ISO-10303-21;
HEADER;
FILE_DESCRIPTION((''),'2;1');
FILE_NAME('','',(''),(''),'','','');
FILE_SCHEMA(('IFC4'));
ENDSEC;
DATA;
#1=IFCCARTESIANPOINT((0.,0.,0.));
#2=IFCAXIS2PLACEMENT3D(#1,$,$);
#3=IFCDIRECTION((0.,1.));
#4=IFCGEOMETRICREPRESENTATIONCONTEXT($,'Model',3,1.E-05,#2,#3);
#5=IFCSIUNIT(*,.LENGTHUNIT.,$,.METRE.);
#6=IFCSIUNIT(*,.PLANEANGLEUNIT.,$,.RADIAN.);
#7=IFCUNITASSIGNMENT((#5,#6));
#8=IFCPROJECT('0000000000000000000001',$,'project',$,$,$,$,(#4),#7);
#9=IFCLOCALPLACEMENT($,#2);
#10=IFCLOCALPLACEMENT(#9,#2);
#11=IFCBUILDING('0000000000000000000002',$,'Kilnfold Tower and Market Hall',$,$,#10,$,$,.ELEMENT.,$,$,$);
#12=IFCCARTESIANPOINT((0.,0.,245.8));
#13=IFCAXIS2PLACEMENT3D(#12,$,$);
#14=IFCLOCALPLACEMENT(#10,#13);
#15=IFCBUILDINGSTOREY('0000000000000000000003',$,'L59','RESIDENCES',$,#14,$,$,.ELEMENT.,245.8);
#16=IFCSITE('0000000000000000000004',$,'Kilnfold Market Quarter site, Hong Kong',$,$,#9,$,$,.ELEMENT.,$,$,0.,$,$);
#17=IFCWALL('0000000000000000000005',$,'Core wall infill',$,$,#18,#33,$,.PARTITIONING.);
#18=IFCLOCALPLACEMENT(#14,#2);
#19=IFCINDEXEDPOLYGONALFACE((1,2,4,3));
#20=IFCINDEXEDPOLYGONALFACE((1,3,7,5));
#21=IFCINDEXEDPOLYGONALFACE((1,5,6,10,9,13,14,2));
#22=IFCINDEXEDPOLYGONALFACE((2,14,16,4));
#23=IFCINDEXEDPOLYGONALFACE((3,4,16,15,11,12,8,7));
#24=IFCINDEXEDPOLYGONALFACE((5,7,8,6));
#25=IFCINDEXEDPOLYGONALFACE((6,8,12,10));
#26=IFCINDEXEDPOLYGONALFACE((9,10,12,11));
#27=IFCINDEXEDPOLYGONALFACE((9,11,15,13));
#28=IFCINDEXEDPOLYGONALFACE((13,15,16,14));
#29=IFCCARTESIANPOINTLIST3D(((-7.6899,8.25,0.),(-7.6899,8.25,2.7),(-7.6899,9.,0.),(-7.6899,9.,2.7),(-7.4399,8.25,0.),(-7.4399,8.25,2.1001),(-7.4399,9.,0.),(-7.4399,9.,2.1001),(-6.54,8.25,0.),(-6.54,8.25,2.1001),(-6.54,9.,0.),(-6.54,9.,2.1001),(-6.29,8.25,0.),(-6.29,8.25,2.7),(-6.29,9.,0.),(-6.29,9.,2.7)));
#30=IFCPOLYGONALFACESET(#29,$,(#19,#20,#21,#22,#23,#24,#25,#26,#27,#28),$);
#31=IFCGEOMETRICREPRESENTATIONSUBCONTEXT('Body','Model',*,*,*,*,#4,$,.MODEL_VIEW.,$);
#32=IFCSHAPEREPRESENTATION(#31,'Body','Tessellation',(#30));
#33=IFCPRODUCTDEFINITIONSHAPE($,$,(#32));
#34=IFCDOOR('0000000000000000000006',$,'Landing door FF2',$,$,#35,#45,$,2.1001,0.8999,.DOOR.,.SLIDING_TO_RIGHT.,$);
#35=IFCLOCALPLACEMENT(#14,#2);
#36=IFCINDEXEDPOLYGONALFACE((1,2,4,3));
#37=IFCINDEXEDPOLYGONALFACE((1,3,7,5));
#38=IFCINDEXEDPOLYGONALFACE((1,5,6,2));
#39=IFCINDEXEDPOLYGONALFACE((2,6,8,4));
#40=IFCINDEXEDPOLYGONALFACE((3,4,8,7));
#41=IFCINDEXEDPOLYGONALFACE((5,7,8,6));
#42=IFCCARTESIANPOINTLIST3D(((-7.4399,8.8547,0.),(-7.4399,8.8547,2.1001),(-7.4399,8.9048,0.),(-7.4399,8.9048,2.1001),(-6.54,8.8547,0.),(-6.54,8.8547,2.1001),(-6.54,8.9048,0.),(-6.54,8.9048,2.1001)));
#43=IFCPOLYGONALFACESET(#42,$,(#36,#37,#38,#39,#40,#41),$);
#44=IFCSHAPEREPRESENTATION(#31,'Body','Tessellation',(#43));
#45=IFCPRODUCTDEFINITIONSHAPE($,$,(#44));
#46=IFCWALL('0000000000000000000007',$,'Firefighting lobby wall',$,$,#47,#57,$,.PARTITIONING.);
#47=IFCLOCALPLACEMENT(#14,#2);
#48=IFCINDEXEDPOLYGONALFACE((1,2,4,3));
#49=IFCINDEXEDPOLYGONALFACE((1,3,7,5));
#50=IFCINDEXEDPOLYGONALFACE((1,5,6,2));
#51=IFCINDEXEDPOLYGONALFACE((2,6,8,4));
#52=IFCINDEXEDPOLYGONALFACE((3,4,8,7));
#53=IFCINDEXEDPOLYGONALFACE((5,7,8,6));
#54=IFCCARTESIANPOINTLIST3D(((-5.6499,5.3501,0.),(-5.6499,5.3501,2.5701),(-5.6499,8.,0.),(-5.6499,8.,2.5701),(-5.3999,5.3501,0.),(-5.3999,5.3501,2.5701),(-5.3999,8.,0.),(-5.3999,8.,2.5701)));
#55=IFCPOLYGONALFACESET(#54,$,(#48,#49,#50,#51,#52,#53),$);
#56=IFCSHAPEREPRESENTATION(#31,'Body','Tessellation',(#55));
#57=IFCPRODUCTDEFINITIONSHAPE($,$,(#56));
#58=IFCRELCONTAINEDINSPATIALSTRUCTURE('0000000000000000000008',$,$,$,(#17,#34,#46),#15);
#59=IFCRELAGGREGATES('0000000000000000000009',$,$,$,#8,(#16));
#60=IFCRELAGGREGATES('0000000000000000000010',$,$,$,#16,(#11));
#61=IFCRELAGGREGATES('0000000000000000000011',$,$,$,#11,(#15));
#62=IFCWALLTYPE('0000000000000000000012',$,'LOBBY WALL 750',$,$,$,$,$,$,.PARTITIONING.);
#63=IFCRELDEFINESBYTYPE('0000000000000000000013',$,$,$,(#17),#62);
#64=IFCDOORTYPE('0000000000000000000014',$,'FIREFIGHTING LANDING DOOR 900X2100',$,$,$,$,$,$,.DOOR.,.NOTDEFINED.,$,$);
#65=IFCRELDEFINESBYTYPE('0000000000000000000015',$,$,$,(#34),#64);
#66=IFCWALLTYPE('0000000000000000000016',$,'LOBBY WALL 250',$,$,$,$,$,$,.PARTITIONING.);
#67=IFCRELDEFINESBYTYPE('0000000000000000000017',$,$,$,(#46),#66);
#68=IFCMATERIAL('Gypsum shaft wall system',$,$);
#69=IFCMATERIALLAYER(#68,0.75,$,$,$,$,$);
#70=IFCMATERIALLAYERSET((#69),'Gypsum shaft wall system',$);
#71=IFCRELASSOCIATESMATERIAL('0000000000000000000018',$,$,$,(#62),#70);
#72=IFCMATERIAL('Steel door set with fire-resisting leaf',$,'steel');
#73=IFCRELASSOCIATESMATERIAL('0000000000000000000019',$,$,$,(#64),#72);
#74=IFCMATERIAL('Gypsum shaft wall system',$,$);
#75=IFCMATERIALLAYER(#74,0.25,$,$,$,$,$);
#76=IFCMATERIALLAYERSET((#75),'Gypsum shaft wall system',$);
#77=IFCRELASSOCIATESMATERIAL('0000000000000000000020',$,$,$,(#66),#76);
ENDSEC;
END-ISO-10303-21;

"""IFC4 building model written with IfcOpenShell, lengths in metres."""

from ifc_helpers import new_model, si_unit, direction, frame, frame_2d, origin, place, context, subcontext, project, spatial, rectangle, extrude, source, transform, mapped, material, layer, layer_set, type_object, element, fill, save


model = new_model("IFC4")

# Units and contexts
model_context = context("Model", 3, precision=1e-05, world=origin(), true_north=direction((0.0, 1.0)))
body_context = subcontext(model_context, "Body", "Model", "MODEL_VIEW")
ifc_project = project(units=[si_unit("LENGTHUNIT", "METRE"), si_unit("PLANEANGLEUNIT", "RADIAN")], contexts=[model_context])

# Site, building, storey
site_placement = place(None, origin())
site = spatial("IfcSite", under=ifc_project, at=site_placement, Name="Kilnfold Market Quarter site, Hong Kong", CompositionType="ELEMENT", RefElevation=0.0)
building_placement = place(site_placement, origin())
building = spatial("IfcBuilding", under=site, at=building_placement, Name="Kilnfold Tower and Market Hall", CompositionType="ELEMENT")
storey_placement = place(building_placement, frame((0.0, 0.0, 245.8)))
storey = spatial("IfcBuildingStorey", under=building, at=storey_placement, Name="L59", Description="RESIDENCES", CompositionType="ELEMENT", Elevation=245.8)

# Wall, opening, door
ifc_material_1 = material(Name="Gypsum shaft wall system")
ifc_layer_1 = layer(ifc_material_1, 0.75)
ifc_layer_set_1 = layer_set([ifc_layer_1], Name="Gypsum shaft wall system")
wall_type_1 = type_object("IfcWallType", Name="LOBBY WALL 750", PredefinedType="PARTITIONING", material=ifc_layer_set_1)
ifc_material_2 = material(Name="Steel door set with fire-resisting leaf", Category="steel")
door_type_1 = type_object("IfcDoorType", Name="FIREFIGHTING LANDING DOOR 900X2100", OperationType="NOTDEFINED", PredefinedType="DOOR", material=ifc_material_2)
shared_shape_1 = source(origin(), body_context, "Body", "SweptSolid", [
    extrude(rectangle(XDim=1.3999, YDim=0.75, at=frame_2d((0.7, 0.0))), origin(), (0.0, 0.0, 1.0), 2.7),
])
wall_1_placement = place(storey_placement, frame((-7.6899, 8.625, 0.0), z_axis=(0.0, 0.0, 1.0), x_axis=(1.0, 0.0, 0.0)))
wall_1 = element("IfcWall", 1, at=wall_1_placement, inside=storey, type_object=wall_type_1, Name="Core wall infill", PredefinedType="PARTITIONING", context=body_context, shape_type="MappedRepresentation", body=[
    mapped(shared_shape_1, transform((0.0, 0.0, 0.0))),
])
opening_1_placement = place(wall_1_placement, frame((0.25, 0.0, 0.0)))
opening_1 = element("IfcOpeningElement", 2, at=opening_1_placement, cuts=wall_1, PredefinedType="OPENING", context=body_context, shape_type="SweptSolid", body=[
    extrude(rectangle(XDim=0.8999, YDim=2.1001, at=frame_2d((0.45, 1.05))), frame((0.0, 0.385, 0.0), z_axis=(0.0, -1.0, 0.0), x_axis=(1.0, 0.0, 0.0)), (0.0, 0.0, 1.0), 0.77),
])
door_1_placement = place(opening_1_placement, origin())
door_1 = element("IfcDoor", 3, at=door_1_placement, inside=storey, type_object=door_type_1, Name="Landing door FF2", OperationType="SLIDING_TO_RIGHT", OverallHeight=2.1001, OverallWidth=0.8999, PredefinedType="DOOR", context=body_context, shape_type="SweptSolid", body=[
    extrude(rectangle(XDim=0.8999, YDim=2.1001, at=frame_2d((0.45, 1.05))), frame((0.0, 0.2798, 0.0), z_axis=(0.0, -1.0, 0.0), x_axis=(1.0, 0.0, 0.0)), (0.0, 0.0, 1.0), 0.05),
])
fill(opening_1, door_1)

# Wall
ifc_material_3 = material(Name="Gypsum shaft wall system")
ifc_layer_2 = layer(ifc_material_3, 0.25)
ifc_layer_set_2 = layer_set([ifc_layer_2], Name="Gypsum shaft wall system")
wall_type_2 = type_object("IfcWallType", Name="LOBBY WALL 250", PredefinedType="PARTITIONING", material=ifc_layer_set_2)
shared_shape_2 = source(origin(), body_context, "Body", "SweptSolid", [
    extrude(rectangle(XDim=2.6499, YDim=0.25, at=frame_2d((1.325, 0.0))), origin(), (0.0, 0.0, 1.0), 2.5701),
])
wall_2_placement = place(storey_placement, frame((-5.5249, 5.3501, 0.0), z_axis=(0.0, 0.0, 1.0), x_axis=(0.0, 1.0, 0.0)))
element("IfcWall", 4, at=wall_2_placement, inside=storey, type_object=wall_type_2, Name="Firefighting lobby wall", PredefinedType="PARTITIONING", context=body_context, shape_type="MappedRepresentation", body=[
    mapped(shared_shape_2, transform((0.0, 0.0, 0.0))),
])

save(model, "model.ifc")
